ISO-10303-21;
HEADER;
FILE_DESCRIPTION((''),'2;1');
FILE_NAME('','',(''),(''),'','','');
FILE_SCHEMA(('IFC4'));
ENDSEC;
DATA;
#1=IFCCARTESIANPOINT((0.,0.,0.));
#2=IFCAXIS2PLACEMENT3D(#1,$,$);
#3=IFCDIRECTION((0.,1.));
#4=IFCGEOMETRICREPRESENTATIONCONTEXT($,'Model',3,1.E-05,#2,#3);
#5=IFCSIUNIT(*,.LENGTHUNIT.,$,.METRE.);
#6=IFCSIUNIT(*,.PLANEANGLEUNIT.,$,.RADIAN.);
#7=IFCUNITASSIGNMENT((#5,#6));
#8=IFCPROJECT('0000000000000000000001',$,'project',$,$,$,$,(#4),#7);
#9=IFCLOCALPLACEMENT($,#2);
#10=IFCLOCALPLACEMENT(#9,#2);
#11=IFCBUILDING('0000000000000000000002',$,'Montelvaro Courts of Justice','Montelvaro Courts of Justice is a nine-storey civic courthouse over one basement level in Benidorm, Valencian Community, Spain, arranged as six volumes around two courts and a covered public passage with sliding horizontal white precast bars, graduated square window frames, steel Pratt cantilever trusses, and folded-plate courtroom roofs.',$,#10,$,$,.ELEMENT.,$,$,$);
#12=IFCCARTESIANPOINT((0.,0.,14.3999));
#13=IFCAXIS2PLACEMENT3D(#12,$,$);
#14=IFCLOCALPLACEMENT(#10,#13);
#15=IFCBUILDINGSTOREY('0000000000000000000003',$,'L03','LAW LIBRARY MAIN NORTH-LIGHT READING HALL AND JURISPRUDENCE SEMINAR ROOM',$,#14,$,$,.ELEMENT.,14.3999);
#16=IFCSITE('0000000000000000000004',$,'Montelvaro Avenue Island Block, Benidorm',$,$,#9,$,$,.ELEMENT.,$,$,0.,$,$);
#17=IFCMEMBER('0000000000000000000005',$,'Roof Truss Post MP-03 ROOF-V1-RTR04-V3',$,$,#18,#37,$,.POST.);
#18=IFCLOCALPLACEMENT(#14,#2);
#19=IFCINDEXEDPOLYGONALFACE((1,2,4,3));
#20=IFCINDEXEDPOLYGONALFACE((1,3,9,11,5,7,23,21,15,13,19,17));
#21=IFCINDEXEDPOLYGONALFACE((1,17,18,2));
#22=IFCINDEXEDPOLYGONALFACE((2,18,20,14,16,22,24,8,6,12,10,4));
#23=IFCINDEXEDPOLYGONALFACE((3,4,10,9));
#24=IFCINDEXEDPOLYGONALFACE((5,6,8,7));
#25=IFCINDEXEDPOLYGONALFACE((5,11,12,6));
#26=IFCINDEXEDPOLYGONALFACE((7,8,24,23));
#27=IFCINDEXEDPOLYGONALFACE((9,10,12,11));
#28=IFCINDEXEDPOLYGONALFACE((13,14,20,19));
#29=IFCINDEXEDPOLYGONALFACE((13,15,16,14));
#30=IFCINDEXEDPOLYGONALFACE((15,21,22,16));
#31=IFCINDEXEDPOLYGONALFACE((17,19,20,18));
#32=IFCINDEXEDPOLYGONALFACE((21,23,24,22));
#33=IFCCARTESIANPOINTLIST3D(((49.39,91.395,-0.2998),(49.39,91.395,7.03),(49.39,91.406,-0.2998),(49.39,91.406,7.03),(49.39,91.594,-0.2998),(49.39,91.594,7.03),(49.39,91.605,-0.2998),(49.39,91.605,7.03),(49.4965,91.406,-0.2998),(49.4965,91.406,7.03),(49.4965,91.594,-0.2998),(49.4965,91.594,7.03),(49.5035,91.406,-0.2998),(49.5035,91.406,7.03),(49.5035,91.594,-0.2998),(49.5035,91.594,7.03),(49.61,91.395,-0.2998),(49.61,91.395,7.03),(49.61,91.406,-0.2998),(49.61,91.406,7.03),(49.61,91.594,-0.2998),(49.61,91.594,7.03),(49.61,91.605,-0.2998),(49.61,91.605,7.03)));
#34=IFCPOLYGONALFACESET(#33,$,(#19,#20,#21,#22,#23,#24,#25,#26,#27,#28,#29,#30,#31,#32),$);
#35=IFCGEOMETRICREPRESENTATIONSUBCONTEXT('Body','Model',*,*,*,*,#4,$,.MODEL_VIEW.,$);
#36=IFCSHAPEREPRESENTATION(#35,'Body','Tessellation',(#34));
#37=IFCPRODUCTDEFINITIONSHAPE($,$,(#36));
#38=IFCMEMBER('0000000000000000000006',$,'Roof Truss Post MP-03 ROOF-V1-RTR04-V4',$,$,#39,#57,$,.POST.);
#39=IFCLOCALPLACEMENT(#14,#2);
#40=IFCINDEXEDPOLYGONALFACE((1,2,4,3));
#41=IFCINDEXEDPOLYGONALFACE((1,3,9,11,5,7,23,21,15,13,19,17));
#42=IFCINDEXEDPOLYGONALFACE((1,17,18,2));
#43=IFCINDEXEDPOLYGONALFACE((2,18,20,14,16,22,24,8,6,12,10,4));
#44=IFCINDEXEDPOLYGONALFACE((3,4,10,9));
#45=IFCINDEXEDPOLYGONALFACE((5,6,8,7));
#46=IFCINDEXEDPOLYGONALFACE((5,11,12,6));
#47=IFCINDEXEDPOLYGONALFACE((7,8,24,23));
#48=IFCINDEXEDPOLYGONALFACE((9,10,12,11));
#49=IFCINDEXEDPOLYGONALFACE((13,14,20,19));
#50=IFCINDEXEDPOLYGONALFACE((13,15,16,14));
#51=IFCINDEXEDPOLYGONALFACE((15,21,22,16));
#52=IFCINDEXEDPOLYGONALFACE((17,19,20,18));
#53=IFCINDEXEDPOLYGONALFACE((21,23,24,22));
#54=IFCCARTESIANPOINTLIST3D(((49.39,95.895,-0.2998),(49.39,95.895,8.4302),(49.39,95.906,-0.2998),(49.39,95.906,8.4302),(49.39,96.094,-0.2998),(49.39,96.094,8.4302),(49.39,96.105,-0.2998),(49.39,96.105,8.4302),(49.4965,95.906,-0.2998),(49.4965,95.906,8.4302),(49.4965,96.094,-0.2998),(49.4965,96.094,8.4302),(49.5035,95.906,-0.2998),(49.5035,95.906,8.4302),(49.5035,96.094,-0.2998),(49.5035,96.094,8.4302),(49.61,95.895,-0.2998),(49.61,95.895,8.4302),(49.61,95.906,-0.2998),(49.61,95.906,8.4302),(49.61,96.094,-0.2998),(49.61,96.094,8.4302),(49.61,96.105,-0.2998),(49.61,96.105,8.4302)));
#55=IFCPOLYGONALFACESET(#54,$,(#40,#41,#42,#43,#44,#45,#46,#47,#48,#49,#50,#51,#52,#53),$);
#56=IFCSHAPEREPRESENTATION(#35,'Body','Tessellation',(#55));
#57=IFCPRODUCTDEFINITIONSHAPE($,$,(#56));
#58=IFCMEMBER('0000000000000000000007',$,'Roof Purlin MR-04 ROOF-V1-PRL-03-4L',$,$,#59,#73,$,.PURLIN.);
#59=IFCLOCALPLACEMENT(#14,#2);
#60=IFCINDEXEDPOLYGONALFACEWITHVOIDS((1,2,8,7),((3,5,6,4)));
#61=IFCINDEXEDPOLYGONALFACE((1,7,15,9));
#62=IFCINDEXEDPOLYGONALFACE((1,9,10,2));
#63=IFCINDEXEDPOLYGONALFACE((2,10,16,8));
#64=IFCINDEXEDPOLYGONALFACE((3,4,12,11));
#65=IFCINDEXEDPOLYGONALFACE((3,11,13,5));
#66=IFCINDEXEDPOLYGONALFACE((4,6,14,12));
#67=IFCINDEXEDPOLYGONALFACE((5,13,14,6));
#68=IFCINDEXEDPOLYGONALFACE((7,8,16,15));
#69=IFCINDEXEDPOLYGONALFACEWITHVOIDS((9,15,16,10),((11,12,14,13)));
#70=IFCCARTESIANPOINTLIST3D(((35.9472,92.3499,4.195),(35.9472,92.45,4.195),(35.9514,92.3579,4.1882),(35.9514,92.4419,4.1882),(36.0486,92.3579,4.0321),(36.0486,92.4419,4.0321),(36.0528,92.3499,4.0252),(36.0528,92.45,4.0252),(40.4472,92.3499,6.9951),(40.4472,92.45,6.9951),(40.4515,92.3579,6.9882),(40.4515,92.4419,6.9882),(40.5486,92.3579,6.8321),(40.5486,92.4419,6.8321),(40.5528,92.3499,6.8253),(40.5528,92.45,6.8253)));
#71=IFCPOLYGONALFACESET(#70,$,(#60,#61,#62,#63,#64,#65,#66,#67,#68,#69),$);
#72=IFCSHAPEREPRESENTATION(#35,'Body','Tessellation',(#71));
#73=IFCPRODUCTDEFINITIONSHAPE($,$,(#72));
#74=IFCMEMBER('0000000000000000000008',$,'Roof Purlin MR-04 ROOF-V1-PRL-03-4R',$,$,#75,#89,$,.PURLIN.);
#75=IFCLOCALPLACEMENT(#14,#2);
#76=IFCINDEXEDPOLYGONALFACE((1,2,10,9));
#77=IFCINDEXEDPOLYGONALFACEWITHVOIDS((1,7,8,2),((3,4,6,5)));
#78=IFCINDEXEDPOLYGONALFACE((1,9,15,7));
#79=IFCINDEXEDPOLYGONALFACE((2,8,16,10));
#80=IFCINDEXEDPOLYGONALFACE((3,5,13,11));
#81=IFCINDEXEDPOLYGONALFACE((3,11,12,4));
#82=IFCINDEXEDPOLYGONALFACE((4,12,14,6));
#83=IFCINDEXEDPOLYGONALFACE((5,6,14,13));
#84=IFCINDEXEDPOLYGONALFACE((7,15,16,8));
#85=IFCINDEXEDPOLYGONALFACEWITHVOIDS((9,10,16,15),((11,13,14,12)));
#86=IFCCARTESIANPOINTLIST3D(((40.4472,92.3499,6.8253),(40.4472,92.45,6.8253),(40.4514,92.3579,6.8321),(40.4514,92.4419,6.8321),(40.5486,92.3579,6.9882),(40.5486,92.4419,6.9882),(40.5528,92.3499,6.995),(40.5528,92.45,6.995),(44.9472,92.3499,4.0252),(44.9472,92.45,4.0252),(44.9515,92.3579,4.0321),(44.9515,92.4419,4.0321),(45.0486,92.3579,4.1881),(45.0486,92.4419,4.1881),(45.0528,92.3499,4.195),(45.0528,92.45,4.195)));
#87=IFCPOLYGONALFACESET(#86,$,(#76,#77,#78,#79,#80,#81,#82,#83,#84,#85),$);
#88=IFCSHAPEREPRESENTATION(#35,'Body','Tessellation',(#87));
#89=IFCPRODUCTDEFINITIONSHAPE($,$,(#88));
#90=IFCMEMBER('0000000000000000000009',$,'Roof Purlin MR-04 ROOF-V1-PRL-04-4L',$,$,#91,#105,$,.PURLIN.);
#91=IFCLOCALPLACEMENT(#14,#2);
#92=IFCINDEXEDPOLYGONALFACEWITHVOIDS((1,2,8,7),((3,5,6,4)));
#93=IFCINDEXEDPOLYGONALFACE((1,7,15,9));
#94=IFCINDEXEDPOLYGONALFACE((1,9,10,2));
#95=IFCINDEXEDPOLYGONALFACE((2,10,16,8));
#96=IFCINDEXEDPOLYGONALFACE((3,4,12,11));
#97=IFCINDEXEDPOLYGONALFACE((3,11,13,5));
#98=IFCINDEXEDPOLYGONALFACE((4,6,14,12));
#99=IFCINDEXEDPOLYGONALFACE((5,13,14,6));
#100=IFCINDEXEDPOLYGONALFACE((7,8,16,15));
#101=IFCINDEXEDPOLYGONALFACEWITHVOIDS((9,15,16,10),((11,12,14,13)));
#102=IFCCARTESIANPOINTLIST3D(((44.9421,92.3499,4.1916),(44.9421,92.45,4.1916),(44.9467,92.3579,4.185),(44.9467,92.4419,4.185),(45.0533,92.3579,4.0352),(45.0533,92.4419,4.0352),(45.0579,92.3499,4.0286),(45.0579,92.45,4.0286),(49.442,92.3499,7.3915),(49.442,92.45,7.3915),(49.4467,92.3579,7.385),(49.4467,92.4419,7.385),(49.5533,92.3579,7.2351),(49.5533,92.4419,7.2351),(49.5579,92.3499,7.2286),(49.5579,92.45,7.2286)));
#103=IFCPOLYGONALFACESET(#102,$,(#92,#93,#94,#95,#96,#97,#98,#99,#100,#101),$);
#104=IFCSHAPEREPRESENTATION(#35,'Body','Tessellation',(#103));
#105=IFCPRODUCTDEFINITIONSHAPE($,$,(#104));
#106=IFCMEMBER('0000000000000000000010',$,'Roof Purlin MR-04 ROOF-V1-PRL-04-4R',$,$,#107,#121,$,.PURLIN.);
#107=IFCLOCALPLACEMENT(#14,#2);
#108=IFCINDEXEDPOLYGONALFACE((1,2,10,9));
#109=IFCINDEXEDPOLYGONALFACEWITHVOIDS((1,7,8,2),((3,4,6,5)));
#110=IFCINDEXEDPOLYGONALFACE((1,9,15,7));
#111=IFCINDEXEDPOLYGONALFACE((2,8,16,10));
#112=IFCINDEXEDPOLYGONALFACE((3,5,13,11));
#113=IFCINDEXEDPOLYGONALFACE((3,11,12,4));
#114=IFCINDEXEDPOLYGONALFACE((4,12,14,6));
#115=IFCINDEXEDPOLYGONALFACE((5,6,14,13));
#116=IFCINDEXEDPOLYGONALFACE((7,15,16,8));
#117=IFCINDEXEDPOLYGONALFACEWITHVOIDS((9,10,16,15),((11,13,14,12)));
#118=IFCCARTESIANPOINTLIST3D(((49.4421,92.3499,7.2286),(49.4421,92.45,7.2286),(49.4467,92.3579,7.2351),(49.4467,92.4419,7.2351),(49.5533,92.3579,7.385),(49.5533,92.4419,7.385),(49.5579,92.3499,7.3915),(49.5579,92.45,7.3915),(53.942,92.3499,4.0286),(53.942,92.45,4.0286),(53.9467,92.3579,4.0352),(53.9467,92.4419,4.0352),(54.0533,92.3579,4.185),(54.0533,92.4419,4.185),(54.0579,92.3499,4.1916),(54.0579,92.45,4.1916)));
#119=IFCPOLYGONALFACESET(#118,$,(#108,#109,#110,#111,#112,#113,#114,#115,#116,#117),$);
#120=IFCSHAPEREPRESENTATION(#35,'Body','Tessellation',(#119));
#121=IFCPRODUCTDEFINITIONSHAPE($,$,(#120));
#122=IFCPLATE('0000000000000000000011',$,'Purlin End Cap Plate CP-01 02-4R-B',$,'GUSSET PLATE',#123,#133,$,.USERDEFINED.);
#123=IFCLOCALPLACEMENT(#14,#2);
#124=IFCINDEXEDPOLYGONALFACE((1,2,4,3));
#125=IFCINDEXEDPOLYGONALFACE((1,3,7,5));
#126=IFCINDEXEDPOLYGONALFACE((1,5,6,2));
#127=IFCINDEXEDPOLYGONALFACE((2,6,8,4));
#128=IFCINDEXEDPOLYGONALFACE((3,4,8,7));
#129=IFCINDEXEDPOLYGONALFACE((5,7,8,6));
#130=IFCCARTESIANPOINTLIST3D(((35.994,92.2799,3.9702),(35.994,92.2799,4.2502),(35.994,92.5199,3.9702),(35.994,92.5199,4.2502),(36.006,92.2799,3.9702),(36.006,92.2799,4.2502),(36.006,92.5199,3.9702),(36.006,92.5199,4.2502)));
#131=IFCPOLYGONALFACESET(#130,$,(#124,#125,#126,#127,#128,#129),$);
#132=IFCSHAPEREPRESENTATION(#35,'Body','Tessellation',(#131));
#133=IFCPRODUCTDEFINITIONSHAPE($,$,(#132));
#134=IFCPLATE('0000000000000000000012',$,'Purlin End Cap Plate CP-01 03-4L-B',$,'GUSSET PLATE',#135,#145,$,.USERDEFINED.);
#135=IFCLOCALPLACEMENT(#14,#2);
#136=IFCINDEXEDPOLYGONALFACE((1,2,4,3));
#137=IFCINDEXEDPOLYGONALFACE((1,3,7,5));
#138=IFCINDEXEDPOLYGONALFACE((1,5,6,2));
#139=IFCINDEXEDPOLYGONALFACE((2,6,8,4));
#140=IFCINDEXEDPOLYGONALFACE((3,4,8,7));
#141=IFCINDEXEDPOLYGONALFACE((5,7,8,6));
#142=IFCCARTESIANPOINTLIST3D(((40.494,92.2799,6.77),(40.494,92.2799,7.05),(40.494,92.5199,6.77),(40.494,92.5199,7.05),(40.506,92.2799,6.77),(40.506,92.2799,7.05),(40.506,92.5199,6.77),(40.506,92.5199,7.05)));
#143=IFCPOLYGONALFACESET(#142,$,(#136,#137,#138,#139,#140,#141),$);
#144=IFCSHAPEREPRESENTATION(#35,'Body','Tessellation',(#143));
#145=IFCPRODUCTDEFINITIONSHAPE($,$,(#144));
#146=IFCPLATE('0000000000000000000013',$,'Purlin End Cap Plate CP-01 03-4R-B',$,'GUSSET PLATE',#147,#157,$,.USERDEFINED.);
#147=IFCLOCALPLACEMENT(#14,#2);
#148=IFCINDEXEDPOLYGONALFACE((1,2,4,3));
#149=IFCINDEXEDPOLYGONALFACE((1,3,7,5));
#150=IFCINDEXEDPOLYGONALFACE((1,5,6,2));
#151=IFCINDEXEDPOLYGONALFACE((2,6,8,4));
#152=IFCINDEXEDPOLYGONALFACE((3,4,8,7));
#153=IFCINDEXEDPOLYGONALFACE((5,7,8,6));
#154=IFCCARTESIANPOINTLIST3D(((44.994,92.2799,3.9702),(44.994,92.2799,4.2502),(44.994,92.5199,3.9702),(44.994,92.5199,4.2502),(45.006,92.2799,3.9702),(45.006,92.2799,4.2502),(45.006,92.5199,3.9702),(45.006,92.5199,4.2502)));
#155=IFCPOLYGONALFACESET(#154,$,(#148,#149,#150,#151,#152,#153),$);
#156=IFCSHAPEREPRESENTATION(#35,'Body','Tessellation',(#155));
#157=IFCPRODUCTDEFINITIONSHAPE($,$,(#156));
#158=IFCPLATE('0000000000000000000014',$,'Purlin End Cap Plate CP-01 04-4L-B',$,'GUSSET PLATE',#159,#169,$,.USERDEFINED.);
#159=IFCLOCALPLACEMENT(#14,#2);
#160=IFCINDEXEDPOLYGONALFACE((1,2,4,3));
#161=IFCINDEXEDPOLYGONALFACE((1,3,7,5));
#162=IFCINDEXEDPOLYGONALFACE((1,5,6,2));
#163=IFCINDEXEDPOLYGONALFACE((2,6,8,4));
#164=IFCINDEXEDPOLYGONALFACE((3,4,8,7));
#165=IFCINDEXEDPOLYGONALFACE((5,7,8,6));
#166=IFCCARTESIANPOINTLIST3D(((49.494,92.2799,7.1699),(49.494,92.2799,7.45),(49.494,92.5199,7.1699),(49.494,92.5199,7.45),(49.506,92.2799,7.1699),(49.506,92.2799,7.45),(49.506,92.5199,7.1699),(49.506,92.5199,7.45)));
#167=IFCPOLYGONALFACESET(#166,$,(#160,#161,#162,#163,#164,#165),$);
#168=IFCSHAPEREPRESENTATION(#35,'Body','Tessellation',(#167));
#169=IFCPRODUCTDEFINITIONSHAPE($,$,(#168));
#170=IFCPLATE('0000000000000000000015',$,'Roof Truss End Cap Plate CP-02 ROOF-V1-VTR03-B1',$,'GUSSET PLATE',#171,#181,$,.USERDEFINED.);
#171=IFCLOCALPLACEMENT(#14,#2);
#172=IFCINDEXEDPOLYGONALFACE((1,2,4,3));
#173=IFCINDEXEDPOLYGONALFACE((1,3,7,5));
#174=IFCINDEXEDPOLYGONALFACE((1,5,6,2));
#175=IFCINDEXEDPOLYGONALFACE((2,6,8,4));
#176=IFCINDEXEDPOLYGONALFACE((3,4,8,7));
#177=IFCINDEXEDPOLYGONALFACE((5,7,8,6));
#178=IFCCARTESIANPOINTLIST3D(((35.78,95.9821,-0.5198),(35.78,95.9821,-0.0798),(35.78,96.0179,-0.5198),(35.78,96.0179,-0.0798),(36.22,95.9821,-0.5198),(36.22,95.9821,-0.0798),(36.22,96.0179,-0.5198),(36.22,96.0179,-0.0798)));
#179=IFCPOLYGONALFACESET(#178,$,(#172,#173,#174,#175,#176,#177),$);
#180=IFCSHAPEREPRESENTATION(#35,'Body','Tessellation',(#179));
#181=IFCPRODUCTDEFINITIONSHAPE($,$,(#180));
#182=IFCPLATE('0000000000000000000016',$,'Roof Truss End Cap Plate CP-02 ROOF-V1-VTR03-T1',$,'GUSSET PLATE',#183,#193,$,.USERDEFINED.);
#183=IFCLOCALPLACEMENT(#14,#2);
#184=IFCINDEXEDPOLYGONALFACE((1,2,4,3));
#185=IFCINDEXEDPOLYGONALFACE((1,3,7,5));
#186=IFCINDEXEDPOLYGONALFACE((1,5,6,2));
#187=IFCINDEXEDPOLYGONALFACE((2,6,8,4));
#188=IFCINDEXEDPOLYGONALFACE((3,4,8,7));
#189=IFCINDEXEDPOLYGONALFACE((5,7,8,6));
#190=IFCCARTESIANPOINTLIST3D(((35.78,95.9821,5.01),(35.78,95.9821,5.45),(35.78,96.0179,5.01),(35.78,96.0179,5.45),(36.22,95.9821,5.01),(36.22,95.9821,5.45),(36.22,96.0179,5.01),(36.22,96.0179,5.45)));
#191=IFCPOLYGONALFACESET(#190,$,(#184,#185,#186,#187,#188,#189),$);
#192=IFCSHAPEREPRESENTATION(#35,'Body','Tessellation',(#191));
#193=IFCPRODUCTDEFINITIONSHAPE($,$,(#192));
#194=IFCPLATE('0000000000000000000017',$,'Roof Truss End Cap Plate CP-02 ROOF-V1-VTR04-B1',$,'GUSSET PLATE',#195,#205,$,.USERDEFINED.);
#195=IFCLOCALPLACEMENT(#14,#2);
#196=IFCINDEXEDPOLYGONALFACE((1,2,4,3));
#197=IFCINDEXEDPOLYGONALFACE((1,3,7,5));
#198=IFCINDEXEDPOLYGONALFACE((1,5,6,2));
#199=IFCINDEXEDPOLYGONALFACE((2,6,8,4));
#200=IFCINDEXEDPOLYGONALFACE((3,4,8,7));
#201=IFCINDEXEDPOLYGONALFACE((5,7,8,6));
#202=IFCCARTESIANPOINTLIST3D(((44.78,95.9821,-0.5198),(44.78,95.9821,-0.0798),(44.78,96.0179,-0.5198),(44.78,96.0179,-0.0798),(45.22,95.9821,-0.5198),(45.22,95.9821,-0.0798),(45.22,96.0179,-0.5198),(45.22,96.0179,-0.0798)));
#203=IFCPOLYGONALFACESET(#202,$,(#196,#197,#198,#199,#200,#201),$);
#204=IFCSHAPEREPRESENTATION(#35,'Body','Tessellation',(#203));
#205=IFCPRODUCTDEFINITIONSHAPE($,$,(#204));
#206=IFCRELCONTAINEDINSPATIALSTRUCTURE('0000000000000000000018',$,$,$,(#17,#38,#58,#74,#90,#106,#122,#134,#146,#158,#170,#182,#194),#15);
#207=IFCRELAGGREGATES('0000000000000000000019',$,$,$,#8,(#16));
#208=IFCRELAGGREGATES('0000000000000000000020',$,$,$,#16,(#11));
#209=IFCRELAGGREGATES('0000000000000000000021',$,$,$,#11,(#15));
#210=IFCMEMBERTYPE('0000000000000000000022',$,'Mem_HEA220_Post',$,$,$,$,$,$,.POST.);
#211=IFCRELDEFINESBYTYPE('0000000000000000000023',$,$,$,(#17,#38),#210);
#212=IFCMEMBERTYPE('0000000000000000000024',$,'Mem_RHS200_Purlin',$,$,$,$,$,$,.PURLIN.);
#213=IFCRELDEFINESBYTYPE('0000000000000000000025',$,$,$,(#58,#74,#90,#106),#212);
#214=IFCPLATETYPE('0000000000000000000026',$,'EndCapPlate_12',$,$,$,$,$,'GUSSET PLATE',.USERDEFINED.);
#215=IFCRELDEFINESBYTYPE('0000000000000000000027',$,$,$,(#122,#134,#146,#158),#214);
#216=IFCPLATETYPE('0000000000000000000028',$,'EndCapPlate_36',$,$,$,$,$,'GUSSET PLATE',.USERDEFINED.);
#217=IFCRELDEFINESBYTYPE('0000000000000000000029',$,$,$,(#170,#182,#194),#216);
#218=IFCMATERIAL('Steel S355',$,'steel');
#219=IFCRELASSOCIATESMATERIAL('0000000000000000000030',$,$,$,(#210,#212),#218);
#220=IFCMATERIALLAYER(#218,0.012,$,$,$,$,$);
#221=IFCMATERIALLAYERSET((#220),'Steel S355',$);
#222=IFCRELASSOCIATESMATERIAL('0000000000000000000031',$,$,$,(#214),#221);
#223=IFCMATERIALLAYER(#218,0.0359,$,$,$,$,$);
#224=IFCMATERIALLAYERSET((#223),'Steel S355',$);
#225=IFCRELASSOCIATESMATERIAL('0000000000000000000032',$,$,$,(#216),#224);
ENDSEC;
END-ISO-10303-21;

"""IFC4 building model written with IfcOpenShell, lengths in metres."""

from ifc_helpers import new_model, si_unit, direction, frame, origin, origin_2d, place, context, subcontext, project, spatial, rectangle, hollow_rectangle, i_section, extrude, material, layer, layer_set, material_profile, profile_set, type_object, element, save


model = new_model("IFC4")

# Units and contexts
model_context = context("Model", 3, precision=1e-05, world=origin(), true_north=direction((0.0, 1.0)))
body_context = subcontext(model_context, "Body", "Model", "MODEL_VIEW")
ifc_project = project(units=[si_unit("LENGTHUNIT", "METRE"), si_unit("PLANEANGLEUNIT", "RADIAN")], contexts=[model_context])

# Site, building, storey
site_placement = place(None, origin())
site = spatial("IfcSite", under=ifc_project, at=site_placement, Name="Montelvaro Avenue Island Block, Benidorm", CompositionType="ELEMENT", RefElevation=0.0)
building_placement = place(site_placement, origin())
building = spatial("IfcBuilding", under=site, at=building_placement, Name="Montelvaro Courts of Justice", Description="Montelvaro Courts of Justice is a nine-storey civic courthouse over one basement level in Benidorm, Valencian Community, Spain, arranged as six volumes around two courts and a covered public passage with sliding horizontal white precast bars, graduated square window frames, steel Pratt cantilever trusses, and folded-plate courtroom roofs.", CompositionType="ELEMENT")
storey_placement = place(building_placement, frame((0.0, 0.0, 14.3999)))
storey = spatial("IfcBuildingStorey", under=building, at=storey_placement, Name="L03", Description="LAW LIBRARY MAIN NORTH-LIGHT READING HALL AND JURISPRUDENCE SEMINAR ROOM", CompositionType="ELEMENT", Elevation=14.3999)

# Members
ifc_material_1 = material(Name="Steel S355", Category="steel")
ifc_material_profile_1 = material_profile(ifc_material_1, i_section(OverallWidth=0.22, OverallDepth=0.21, WebThickness=0.0071, FlangeThickness=0.011, at=origin_2d()), Name="HEA 220")
ifc_profile_set_1 = profile_set([ifc_material_profile_1], Name="Steel S355")
member_type_1 = type_object("IfcMemberType", Name="Mem_HEA220_Post", PredefinedType="POST", material=ifc_profile_set_1)
member_1_placement = place(storey_placement, frame((49.5, 91.5, -0.2998), z_axis=(0.0, 0.0, 1.0), x_axis=(1.0, 0.0, 0.0)))
element("IfcMember", 1, at=member_1_placement, inside=storey, type_object=member_type_1, Name="Roof Truss Post MP-03 ROOF-V1-RTR04-V3", PredefinedType="POST", context=body_context, shape_type="SweptSolid", body=[
    extrude(i_section(OverallWidth=0.22, OverallDepth=0.21, WebThickness=0.0071, FlangeThickness=0.011, at=origin_2d()), origin(), (0.0, 0.0, 1.0), 7.3298),
])
member_2_placement = place(storey_placement, frame((49.5, 96.0, -0.2998), z_axis=(0.0, 0.0, 1.0), x_axis=(1.0, 0.0, 0.0)))
element("IfcMember", 2, at=member_2_placement, inside=storey, type_object=member_type_1, Name="Roof Truss Post MP-03 ROOF-V1-RTR04-V4", PredefinedType="POST", context=body_context, shape_type="SweptSolid", body=[
    extrude(i_section(OverallWidth=0.22, OverallDepth=0.21, WebThickness=0.0071, FlangeThickness=0.011, at=origin_2d()), origin(), (0.0, 0.0, 1.0), 8.73),
])
ifc_material_profile_2 = material_profile(ifc_material_1, hollow_rectangle(XDim=0.1001, YDim=0.2, WallThickness=0.0081, at=origin_2d()), Name="RHS 200x100x8")
ifc_profile_set_2 = profile_set([ifc_material_profile_2], Name="Steel S355")
member_type_2 = type_object("IfcMemberType", Name="Mem_RHS200_Purlin", PredefinedType="PURLIN", material=ifc_profile_set_2)
for number, where, z_axis, x_axis, name in (
    (3, (36.0, 92.3999, 4.1101), (0.849052, 0.0, 0.528309), (0.0, 1.0, 0.0), "Roof Purlin MR-04 ROOF-V1-PRL-03-4L"),
    (4, (40.5, 92.3999, 6.9102), (0.849052, 0.0, -0.528309), (0.0, 1.0, 0.0), "Roof Purlin MR-04 ROOF-V1-PRL-03-4R"),
):
    element("IfcMember", number, at=place(storey_placement, frame(where, z_axis=z_axis, x_axis=x_axis)), inside=storey, type_object=member_type_2, Name=name, PredefinedType="PURLIN", context=body_context, shape_type="SweptSolid", body=[
        extrude(hollow_rectangle(XDim=0.1001, YDim=0.2, WallThickness=0.0081, at=origin_2d()), origin(), (0.0, 0.0, 1.0), 5.3),
    ])
for number, where, z_axis, x_axis, name in (
    (5, (45.0, 92.3999, 4.1101), (0.81496, 0.0, 0.579518), (0.0, 1.0, 0.0), "Roof Purlin MR-04 ROOF-V1-PRL-04-4L"),
    (6, (49.5, 92.3999, 7.3101), (0.81496, 0.0, -0.579518), (0.0, 1.0, 0.0), "Roof Purlin MR-04 ROOF-V1-PRL-04-4R"),
):
    element("IfcMember", number, at=place(storey_placement, frame(where, z_axis=z_axis, x_axis=x_axis)), inside=storey, type_object=member_type_2, Name=name, PredefinedType="PURLIN", context=body_context, shape_type="SweptSolid", body=[
        extrude(hollow_rectangle(XDim=0.1001, YDim=0.2, WallThickness=0.0081, at=origin_2d()), origin(), (0.0, 0.0, 1.0), 5.5217),
    ])

# Plates
ifc_layer_1 = layer(ifc_material_1, 0.012)
ifc_layer_set_1 = layer_set([ifc_layer_1], Name="Steel S355")
plate_type_1 = type_object("IfcPlateType", Name="EndCapPlate_12", ElementType="GUSSET PLATE", PredefinedType="USERDEFINED", material=ifc_layer_set_1)
for number, where, z_axis, x_axis, name in (
    (7, (36.0, 92.3999, 3.9702), (0.0, 0.0, 1.0), (1.0, 0.0, 0.0), "Purlin End Cap Plate CP-01 02-4R-B"),
    (8, (40.5, 92.3999, 6.77), (0.0, 0.0, 1.0), (1.0, 0.0, 0.0), "Purlin End Cap Plate CP-01 03-4L-B"),
    (9, (45.0, 92.3999, 3.9702), (0.0, 0.0, 1.0), (1.0, 0.0, 0.0), "Purlin End Cap Plate CP-01 03-4R-B"),
    (10, (49.5, 92.3999, 7.1699), (0.0, 0.0, 1.0), (1.0, 0.0, 0.0), "Purlin End Cap Plate CP-01 04-4L-B"),
):
    element("IfcPlate", number, at=place(storey_placement, frame(where, z_axis=z_axis, x_axis=x_axis)), inside=storey, type_object=plate_type_1, Name=name, ObjectType="GUSSET PLATE", PredefinedType="USERDEFINED", context=body_context, shape_type="SweptSolid", body=[
        extrude(rectangle(XDim=0.012, YDim=0.24, at=origin_2d()), origin(), (0.0, 0.0, 1.0), 0.28),
    ])
ifc_layer_2 = layer(ifc_material_1, 0.0359)
ifc_layer_set_2 = layer_set([ifc_layer_2], Name="Steel S355")
plate_type_2 = type_object("IfcPlateType", Name="EndCapPlate_36", ElementType="GUSSET PLATE", PredefinedType="USERDEFINED", material=ifc_layer_set_2)
for number, where, z_axis, x_axis, name in (
    (11, (36.0, 96.0, -0.5198), (0.0, 0.0, 1.0), (1.0, 0.0, 0.0), "Roof Truss End Cap Plate CP-02 ROOF-V1-VTR03-B1"),
    (12, (36.0, 96.0, 5.01), (0.0, 0.0, 1.0), (1.0, 0.0, 0.0), "Roof Truss End Cap Plate CP-02 ROOF-V1-VTR03-T1"),
    (13, (45.0, 96.0, -0.5198), (0.0, 0.0, 1.0), (1.0, 0.0, 0.0), "Roof Truss End Cap Plate CP-02 ROOF-V1-VTR04-B1"),
):
    element("IfcPlate", number, at=place(storey_placement, frame(where, z_axis=z_axis, x_axis=x_axis)), inside=storey, type_object=plate_type_2, Name=name, ObjectType="GUSSET PLATE", PredefinedType="USERDEFINED", context=body_context, shape_type="SweptSolid", body=[
        extrude(rectangle(XDim=0.4399, YDim=0.0359, at=origin_2d()), origin(), (0.0, 0.0, 1.0), 0.4399),
    ])

save(model, "model.ifc")
